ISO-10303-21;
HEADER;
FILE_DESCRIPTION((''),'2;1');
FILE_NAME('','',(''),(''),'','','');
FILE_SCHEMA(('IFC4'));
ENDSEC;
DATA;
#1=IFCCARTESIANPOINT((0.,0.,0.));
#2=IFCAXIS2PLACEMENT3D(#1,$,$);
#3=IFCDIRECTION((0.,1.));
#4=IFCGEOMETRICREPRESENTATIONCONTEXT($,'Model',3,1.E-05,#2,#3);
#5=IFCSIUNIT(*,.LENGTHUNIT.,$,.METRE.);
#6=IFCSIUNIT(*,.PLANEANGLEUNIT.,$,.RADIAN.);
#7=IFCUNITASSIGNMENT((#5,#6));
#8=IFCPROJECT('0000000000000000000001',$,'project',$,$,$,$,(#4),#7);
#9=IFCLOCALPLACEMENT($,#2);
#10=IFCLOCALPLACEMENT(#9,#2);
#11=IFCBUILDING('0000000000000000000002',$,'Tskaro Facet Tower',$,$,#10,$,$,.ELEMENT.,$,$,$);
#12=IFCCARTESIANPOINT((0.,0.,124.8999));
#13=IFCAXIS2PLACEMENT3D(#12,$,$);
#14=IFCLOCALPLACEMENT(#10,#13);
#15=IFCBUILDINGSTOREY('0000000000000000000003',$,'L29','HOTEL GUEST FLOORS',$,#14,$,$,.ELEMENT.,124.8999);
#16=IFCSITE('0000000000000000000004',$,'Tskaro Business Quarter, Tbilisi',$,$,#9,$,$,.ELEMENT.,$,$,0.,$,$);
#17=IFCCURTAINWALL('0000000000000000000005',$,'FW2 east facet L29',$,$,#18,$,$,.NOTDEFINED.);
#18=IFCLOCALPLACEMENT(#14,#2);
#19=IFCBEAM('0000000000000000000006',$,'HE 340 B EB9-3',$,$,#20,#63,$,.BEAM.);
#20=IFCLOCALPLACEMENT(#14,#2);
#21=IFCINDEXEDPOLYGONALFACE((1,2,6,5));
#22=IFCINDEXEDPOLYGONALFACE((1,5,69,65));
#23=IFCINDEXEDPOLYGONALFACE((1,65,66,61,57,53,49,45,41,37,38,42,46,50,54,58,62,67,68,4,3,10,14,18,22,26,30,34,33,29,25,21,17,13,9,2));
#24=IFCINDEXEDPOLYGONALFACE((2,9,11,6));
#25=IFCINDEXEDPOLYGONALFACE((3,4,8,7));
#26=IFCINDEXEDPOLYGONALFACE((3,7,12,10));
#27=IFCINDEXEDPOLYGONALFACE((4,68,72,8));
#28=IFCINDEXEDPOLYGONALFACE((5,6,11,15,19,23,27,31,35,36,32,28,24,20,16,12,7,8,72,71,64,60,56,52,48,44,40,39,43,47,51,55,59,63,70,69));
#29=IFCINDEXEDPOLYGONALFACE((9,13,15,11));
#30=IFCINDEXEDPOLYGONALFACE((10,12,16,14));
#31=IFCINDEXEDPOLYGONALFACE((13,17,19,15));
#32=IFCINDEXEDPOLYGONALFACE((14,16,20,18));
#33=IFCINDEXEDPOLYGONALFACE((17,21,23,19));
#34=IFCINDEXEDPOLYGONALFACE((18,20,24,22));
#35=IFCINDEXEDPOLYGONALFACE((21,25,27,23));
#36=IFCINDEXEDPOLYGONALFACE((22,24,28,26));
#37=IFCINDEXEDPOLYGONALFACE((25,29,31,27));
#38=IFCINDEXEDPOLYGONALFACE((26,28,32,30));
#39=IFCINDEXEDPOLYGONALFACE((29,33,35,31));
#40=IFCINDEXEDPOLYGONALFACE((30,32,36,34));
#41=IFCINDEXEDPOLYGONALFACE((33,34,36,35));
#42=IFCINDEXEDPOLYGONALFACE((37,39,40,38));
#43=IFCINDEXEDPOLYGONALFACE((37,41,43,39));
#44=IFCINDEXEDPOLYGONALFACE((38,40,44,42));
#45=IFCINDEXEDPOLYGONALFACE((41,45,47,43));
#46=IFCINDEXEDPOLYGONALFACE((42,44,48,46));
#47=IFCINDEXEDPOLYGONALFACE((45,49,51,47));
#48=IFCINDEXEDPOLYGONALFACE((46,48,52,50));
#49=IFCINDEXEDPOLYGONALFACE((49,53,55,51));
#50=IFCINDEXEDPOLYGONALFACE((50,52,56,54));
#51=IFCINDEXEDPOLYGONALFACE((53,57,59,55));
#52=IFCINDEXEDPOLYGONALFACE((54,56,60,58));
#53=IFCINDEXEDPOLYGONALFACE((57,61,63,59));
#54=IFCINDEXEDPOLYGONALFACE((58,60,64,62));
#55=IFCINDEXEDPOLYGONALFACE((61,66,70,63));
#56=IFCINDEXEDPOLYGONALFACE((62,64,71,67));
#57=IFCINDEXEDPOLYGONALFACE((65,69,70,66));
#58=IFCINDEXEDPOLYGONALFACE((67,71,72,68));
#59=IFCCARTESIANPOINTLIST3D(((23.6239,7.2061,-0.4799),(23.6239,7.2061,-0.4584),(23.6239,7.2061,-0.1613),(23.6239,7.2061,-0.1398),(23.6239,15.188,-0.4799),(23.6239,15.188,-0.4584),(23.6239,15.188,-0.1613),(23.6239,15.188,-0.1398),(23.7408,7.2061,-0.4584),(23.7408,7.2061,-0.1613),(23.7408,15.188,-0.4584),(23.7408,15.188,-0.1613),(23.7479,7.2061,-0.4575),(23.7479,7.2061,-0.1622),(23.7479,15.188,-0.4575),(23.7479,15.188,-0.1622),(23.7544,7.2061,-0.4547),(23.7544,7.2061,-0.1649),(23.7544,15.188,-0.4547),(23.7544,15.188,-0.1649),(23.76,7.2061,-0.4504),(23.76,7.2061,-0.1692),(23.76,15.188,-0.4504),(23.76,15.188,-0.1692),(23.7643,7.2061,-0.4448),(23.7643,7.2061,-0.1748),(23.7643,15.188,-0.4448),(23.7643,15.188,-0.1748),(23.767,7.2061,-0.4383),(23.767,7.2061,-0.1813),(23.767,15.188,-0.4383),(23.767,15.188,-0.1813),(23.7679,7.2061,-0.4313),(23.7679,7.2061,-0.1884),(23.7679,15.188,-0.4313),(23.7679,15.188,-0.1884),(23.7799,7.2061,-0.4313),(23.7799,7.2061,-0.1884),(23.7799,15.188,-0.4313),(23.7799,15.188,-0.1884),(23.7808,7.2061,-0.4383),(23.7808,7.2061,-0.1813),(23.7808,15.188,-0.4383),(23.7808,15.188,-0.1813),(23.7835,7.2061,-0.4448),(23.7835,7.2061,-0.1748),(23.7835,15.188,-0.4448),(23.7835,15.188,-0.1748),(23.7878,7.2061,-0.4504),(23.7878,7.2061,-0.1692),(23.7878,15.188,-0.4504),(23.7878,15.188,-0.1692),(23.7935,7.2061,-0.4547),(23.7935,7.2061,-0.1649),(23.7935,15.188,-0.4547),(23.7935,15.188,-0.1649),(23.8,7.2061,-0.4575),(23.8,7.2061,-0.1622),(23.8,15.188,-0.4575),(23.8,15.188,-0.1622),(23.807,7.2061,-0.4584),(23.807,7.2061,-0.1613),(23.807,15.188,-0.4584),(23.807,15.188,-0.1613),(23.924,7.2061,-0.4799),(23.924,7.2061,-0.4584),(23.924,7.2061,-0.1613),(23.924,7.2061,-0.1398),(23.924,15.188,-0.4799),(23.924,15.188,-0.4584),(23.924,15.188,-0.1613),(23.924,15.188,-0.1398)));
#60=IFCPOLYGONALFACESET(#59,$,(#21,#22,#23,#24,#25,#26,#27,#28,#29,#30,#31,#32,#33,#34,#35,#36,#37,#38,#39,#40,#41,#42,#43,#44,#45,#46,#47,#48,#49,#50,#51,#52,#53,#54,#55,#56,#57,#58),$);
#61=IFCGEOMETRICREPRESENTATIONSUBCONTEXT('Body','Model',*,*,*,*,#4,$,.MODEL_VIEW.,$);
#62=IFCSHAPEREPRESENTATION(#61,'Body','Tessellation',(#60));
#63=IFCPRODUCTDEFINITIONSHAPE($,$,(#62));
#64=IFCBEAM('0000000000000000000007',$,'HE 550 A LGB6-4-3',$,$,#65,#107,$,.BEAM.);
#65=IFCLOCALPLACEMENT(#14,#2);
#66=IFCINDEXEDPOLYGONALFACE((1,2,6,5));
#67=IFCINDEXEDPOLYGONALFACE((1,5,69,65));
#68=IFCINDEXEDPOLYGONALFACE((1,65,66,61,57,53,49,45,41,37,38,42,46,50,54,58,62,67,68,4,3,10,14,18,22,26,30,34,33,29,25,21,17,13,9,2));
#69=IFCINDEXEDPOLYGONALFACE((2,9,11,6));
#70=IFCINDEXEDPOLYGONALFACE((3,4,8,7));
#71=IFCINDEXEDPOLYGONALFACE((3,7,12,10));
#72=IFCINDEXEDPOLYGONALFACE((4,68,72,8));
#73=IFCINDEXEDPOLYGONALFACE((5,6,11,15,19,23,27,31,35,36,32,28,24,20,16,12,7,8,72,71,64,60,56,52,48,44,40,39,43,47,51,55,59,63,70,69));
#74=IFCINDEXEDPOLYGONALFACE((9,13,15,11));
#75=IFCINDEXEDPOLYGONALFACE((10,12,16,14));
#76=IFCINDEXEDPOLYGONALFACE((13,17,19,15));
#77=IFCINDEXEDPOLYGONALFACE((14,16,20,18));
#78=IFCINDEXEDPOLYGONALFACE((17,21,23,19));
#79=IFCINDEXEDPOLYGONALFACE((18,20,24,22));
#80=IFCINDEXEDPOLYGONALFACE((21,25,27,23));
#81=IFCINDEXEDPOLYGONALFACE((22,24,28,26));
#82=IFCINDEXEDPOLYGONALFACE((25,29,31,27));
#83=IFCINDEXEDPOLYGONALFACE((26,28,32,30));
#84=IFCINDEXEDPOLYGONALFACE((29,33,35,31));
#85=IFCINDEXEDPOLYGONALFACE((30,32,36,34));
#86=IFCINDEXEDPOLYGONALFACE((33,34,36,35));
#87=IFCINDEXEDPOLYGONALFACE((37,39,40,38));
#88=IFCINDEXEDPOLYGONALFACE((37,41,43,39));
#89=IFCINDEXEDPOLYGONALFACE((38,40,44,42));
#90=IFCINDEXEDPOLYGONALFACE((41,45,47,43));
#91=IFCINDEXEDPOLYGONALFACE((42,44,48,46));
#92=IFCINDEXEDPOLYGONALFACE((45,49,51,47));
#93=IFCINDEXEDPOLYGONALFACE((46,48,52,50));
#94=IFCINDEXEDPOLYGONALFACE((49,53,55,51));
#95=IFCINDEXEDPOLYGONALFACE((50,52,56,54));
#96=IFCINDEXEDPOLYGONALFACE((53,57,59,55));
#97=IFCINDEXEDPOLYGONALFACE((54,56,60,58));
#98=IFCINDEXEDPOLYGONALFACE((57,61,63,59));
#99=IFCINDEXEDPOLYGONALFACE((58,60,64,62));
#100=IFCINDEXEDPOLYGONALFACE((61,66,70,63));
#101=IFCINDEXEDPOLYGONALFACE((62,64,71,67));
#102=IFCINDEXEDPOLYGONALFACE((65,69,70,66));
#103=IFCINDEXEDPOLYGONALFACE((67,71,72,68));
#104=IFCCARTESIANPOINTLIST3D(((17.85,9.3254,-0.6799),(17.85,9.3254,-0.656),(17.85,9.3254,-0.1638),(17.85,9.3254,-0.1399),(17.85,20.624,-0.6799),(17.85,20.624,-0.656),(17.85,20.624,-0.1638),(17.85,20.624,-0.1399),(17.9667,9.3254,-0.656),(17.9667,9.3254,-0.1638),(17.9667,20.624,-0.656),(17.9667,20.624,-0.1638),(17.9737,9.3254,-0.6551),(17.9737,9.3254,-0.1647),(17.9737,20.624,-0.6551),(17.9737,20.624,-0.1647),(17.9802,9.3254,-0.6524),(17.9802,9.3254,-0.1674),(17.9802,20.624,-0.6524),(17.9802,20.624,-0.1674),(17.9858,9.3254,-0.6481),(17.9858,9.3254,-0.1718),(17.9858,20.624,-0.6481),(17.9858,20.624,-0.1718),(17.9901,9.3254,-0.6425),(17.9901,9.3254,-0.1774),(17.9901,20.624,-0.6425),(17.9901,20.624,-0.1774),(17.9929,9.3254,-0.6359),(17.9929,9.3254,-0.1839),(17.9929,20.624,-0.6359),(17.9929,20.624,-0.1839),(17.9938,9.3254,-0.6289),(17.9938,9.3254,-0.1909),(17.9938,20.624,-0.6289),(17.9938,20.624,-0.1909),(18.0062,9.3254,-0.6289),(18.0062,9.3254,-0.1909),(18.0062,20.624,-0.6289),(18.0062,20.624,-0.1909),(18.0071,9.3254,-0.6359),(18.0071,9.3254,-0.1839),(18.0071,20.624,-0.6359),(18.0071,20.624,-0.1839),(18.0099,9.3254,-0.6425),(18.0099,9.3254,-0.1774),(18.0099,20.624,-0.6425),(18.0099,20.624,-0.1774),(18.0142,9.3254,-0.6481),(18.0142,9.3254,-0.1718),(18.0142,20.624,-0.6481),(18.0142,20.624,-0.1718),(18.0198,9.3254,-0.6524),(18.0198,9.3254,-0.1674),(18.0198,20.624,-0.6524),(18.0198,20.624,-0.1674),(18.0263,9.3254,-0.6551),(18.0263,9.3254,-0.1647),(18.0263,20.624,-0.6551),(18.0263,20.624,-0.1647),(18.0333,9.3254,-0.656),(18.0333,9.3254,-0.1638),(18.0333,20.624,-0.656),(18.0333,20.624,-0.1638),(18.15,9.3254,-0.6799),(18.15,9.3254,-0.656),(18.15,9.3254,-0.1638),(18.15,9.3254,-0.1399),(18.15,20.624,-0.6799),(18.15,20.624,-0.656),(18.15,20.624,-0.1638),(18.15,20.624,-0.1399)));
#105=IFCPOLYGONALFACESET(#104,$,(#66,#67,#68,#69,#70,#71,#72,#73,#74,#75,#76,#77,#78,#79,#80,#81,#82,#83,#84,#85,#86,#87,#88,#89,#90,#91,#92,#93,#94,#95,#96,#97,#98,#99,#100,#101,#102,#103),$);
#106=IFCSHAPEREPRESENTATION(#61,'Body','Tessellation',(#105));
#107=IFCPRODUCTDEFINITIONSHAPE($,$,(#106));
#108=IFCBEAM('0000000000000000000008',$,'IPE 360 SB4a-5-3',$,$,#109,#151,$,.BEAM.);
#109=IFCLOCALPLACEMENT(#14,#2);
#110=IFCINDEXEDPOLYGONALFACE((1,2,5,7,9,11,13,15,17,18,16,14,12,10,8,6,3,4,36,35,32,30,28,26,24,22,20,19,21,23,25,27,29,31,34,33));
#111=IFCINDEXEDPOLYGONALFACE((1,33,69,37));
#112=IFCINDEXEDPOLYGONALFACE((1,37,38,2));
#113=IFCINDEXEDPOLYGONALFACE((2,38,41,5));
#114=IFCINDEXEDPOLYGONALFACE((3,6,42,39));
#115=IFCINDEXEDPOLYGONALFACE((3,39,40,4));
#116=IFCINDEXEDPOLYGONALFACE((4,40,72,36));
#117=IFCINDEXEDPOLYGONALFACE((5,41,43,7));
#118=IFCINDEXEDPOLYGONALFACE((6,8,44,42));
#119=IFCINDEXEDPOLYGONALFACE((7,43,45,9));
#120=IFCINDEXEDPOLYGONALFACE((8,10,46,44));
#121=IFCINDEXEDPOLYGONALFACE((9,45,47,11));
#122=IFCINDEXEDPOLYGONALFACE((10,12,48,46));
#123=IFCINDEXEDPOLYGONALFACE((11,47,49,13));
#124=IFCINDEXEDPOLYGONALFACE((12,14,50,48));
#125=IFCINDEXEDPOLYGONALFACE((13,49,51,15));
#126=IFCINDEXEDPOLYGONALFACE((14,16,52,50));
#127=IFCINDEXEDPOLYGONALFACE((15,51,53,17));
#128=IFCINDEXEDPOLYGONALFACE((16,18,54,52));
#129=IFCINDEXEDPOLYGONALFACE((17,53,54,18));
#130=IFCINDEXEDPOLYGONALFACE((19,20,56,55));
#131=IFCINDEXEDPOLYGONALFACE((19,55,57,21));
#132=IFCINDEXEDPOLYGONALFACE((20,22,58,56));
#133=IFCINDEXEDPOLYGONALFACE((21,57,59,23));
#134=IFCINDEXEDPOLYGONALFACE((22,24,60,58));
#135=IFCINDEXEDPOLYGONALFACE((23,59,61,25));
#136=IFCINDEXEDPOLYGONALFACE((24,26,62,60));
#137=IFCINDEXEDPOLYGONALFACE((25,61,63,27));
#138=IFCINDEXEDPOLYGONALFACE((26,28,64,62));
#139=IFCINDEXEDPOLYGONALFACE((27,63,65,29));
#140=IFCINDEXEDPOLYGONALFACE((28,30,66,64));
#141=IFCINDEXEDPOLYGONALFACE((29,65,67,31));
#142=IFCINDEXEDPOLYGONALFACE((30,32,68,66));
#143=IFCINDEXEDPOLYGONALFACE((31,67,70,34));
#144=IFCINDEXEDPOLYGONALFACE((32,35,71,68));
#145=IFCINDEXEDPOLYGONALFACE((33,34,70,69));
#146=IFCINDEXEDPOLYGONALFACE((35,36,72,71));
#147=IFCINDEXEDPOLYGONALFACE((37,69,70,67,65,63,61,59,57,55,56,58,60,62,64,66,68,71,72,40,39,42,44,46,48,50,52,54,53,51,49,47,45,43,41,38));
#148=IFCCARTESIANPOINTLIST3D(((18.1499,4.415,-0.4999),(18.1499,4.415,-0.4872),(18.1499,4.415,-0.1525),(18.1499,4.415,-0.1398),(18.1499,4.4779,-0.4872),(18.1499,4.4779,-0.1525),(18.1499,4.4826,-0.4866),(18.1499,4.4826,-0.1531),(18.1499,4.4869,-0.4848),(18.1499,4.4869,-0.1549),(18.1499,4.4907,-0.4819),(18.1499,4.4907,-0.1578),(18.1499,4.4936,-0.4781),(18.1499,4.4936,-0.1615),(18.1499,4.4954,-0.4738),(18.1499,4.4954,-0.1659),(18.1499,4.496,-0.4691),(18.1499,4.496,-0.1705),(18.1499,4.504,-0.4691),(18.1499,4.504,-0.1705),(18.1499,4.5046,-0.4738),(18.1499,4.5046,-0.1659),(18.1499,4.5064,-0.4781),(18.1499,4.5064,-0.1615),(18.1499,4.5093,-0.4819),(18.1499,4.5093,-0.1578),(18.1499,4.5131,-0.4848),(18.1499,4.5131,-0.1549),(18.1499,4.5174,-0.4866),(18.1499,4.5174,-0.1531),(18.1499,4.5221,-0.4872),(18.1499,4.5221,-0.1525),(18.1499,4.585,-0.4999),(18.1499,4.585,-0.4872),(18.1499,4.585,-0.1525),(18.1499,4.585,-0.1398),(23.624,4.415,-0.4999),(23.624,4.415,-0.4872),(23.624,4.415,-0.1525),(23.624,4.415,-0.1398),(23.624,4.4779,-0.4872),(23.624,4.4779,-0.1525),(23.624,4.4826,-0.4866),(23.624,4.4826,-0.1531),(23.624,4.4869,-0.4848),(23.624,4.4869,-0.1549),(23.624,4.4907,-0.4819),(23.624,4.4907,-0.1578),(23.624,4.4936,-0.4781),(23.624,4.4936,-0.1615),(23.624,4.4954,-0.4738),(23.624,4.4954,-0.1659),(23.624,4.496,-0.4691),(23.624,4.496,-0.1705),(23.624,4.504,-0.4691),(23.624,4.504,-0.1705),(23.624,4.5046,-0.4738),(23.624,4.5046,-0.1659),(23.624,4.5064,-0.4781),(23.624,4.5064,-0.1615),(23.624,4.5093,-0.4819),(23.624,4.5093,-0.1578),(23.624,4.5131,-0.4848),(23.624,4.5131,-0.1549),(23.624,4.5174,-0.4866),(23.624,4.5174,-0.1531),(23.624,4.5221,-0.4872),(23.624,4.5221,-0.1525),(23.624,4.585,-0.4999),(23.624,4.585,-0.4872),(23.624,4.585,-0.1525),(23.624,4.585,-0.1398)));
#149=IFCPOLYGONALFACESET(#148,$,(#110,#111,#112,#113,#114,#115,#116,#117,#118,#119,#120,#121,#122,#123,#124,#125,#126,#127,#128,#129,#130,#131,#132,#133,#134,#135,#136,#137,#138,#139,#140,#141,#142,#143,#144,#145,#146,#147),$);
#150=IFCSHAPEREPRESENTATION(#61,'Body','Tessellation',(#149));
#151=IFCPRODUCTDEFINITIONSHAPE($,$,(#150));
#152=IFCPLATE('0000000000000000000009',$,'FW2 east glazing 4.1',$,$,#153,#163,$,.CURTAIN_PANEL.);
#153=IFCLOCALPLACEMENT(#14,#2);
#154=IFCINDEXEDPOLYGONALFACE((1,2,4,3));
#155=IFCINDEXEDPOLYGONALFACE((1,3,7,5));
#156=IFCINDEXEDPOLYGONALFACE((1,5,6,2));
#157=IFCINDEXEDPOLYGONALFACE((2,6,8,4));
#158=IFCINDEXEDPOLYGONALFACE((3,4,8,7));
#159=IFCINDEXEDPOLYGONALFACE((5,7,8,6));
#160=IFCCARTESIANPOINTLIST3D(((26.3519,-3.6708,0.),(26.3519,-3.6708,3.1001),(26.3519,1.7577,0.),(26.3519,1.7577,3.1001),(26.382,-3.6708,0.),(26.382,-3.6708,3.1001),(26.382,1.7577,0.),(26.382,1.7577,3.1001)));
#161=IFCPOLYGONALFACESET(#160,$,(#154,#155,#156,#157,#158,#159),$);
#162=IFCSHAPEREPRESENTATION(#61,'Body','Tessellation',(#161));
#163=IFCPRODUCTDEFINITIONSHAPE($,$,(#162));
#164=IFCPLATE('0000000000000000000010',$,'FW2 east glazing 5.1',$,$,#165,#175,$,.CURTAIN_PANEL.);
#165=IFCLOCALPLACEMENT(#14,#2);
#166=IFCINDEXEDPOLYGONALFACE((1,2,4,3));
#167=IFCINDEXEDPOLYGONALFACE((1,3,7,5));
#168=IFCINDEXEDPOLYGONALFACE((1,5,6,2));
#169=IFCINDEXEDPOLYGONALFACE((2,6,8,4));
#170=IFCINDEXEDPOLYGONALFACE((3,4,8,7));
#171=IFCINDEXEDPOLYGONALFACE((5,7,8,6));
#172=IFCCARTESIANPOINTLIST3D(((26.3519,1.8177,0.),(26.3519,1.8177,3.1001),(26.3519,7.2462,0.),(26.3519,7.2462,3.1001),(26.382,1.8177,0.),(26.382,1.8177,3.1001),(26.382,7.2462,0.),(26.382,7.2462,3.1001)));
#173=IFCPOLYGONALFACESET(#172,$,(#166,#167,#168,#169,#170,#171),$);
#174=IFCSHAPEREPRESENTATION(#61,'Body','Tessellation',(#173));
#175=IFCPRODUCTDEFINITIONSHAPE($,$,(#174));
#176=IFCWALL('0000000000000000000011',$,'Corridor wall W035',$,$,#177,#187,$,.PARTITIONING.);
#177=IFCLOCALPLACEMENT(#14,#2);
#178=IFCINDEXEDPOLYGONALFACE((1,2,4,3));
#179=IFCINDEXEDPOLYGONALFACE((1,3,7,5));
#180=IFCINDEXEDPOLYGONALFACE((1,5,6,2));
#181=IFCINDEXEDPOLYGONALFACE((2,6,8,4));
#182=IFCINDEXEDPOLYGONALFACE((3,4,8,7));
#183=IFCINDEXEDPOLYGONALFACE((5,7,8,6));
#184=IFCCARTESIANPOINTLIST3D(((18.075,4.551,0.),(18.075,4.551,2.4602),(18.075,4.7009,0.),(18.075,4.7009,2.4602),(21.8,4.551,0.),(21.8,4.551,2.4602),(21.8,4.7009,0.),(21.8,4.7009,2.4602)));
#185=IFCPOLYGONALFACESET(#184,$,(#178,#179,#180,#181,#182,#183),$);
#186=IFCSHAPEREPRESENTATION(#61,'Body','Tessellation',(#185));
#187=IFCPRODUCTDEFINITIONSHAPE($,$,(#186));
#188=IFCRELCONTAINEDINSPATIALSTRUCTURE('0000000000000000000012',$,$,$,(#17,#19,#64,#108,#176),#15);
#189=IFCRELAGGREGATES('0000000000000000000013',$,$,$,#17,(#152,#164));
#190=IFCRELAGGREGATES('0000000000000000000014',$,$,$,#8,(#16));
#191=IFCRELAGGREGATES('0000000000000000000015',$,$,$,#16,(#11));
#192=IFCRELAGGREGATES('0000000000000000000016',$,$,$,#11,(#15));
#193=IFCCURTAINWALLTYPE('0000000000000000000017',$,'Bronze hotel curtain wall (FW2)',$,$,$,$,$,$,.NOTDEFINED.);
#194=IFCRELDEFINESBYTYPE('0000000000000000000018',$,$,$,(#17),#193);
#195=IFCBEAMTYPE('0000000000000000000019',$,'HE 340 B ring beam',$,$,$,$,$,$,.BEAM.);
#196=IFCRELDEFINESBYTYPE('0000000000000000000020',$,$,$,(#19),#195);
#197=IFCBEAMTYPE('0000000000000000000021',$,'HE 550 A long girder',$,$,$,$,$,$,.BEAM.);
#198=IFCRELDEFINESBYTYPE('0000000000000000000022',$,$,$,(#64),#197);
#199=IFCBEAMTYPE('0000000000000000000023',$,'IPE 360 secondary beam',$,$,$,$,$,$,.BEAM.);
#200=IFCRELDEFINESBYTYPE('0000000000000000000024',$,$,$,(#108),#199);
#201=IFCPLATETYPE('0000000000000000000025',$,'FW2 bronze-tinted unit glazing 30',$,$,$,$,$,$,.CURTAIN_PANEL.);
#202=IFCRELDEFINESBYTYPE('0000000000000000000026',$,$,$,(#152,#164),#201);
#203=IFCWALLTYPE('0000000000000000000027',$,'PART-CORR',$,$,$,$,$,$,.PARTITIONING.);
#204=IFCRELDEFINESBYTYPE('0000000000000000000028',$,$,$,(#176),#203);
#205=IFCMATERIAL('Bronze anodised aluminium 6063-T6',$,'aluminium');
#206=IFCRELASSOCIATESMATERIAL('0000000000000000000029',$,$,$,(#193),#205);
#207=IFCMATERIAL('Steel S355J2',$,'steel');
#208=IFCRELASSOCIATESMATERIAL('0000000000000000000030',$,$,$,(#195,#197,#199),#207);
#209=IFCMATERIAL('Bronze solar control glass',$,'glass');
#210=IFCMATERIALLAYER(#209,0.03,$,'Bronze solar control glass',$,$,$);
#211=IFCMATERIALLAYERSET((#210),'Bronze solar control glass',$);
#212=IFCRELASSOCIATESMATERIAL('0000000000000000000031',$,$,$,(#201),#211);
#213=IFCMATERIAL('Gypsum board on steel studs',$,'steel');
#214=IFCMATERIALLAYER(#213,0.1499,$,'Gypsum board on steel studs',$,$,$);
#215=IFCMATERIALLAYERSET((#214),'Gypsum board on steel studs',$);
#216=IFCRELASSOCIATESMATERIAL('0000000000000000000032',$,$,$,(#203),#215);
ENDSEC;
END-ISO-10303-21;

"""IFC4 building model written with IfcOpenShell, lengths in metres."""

from ifc_helpers import new_model, si_unit, direction, frame, frame_2d, origin, origin_2d, place, context, subcontext, project, spatial, rectangle, i_section, extrude, material, layer, layer_set, material_profile, profile_set, type_object, element, aggregate, save


model = new_model("IFC4")

# Units and contexts
model_context = context("Model", 3, precision=1e-05, world=origin(), true_north=direction((0.0, 1.0)))
body_context = subcontext(model_context, "Body", "Model", "MODEL_VIEW")
ifc_project = project(units=[si_unit("LENGTHUNIT", "METRE"), si_unit("PLANEANGLEUNIT", "RADIAN")], contexts=[model_context])

# Site, building, storey
site_placement = place(None, origin())
site = spatial("IfcSite", under=ifc_project, at=site_placement, Name="Tskaro Business Quarter, Tbilisi", CompositionType="ELEMENT", RefElevation=0.0)
building_placement = place(site_placement, origin())
building = spatial("IfcBuilding", under=site, at=building_placement, Name="Tskaro Facet Tower", CompositionType="ELEMENT")
storey_placement = place(building_placement, frame((0.0, 0.0, 124.8999)))
storey = spatial("IfcBuildingStorey", under=building, at=storey_placement, Name="L29", Description="HOTEL GUEST FLOORS", CompositionType="ELEMENT", Elevation=124.8999)

# Curtain wall
ifc_material_1 = material(Name="Bronze anodised aluminium 6063-T6", Category="aluminium")
curtain_wall_type = type_object("IfcCurtainWallType", Name="Bronze hotel curtain wall (FW2)", PredefinedType="NOTDEFINED", material=ifc_material_1)
curtain_wall_placement = place(storey_placement, origin())
curtain_wall = element("IfcCurtainWall", 1, at=curtain_wall_placement, inside=storey, type_object=curtain_wall_type, Name="FW2 east facet L29", PredefinedType="NOTDEFINED")

# Beams
ifc_material_2 = material(Name="Steel S355J2", Category="steel")
ifc_material_profile_1 = material_profile(ifc_material_2, i_section(OverallWidth=0.3, OverallDepth=0.3401, WebThickness=0.012, FlangeThickness=0.0215, FilletRadius=0.0271, at=origin_2d()), Name="HE 340 B")
ifc_profile_set_1 = profile_set([ifc_material_profile_1], Name="Steel S355J2")
beam_type_1 = type_object("IfcBeamType", Name="HE 340 B ring beam", PredefinedType="BEAM", material=ifc_profile_set_1)
for number, where, z_axis, x_axis, name in (
    (2, (23.7739, 7.2061, -0.3098), (0.0, 1.0, 0.0), (-1.0, 0.0, 0.0), "HE 340 B EB9-3"),
):
    element("IfcBeam", number, at=place(storey_placement, frame(where, z_axis=z_axis, x_axis=x_axis)), inside=storey, type_object=beam_type_1, Name=name, PredefinedType="BEAM", context=body_context, shape_type="SweptSolid", body=[
        extrude(i_section(OverallWidth=0.3, OverallDepth=0.3401, WebThickness=0.012, FlangeThickness=0.0215, FilletRadius=0.0271, at=origin_2d()), origin(), (0.0, 0.0, 1.0), 7.9819),
    ])
ifc_material_profile_2 = material_profile(ifc_material_2, i_section(OverallWidth=0.3, OverallDepth=0.54, WebThickness=0.0125, FlangeThickness=0.0239, FilletRadius=0.0271, at=origin_2d()), Name="HE 550 A")
ifc_profile_set_2 = profile_set([ifc_material_profile_2], Name="Steel S355J2")
beam_type_2 = type_object("IfcBeamType", Name="HE 550 A long girder", PredefinedType="BEAM", material=ifc_profile_set_2)
beam_1_placement = place(storey_placement, frame((18.0, 9.3254, -0.4099), z_axis=(0.0, 1.0, 0.0), x_axis=(-1.0, 0.0, 0.0)))
element("IfcBeam", 3, at=beam_1_placement, inside=storey, type_object=beam_type_2, Name="HE 550 A LGB6-4-3", PredefinedType="BEAM", context=body_context, shape_type="SweptSolid", body=[
    extrude(i_section(OverallWidth=0.3, OverallDepth=0.54, WebThickness=0.0125, FlangeThickness=0.0239, FilletRadius=0.0271, at=origin_2d()), origin(), (0.0, 0.0, 1.0), 11.2986),
])
ifc_material_profile_3 = material_profile(ifc_material_2, i_section(OverallWidth=0.1699, OverallDepth=0.3601, WebThickness=0.0081, FlangeThickness=0.0127, FilletRadius=0.0181, at=origin_2d()), Name="IPE 360")
ifc_profile_set_3 = profile_set([ifc_material_profile_3], Name="Steel S355J2")
beam_type_3 = type_object("IfcBeamType", Name="IPE 360 secondary beam", PredefinedType="BEAM", material=ifc_profile_set_3)
beam_2_placement = place(storey_placement, frame((18.1499, 4.5, -0.3198), z_axis=(1.0, 0.0, 0.0), x_axis=(0.0, 1.0, 0.0)))
element("IfcBeam", 4, at=beam_2_placement, inside=storey, type_object=beam_type_3, Name="IPE 360 SB4a-5-3", PredefinedType="BEAM", context=body_context, shape_type="SweptSolid", body=[
    extrude(i_section(OverallWidth=0.1699, OverallDepth=0.3601, WebThickness=0.0081, FlangeThickness=0.0127, FilletRadius=0.0181, at=origin_2d()), origin(), (0.0, 0.0, 1.0), 5.4741),
])

# Plates
ifc_material_3 = material(Name="Bronze solar control glass", Category="glass")
ifc_layer_1 = layer(ifc_material_3, 0.03, Name="Bronze solar control glass")
ifc_layer_set_1 = layer_set([ifc_layer_1], Name="Bronze solar control glass")
plate_type = type_object("IfcPlateType", Name="FW2 bronze-tinted unit glazing 30", PredefinedType="CURTAIN_PANEL", material=ifc_layer_set_1)
plate_1_placement = place(storey_placement, frame((26.3669, -0.9565, 0.0), z_axis=(0.0, 0.0, 1.0), x_axis=(0.0, 1.0, 0.0)))
plate_1 = element("IfcPlate", 5, at=plate_1_placement, type_object=plate_type, Name="FW2 east glazing 4.1", PredefinedType="CURTAIN_PANEL", context=body_context, shape_type="SweptSolid", body=[
    extrude(rectangle(XDim=5.4285, YDim=0.03, at=origin_2d()), origin(), (0.0, 0.0, 1.0), 3.1001),
])
plate_2_placement = place(storey_placement, frame((26.3669, 4.532, 0.0), z_axis=(0.0, 0.0, 1.0), x_axis=(0.0, 1.0, 0.0)))
plate_2 = element("IfcPlate", 6, at=plate_2_placement, type_object=plate_type, Name="FW2 east glazing 5.1", PredefinedType="CURTAIN_PANEL", context=body_context, shape_type="SweptSolid", body=[
    extrude(rectangle(XDim=5.4285, YDim=0.03, at=origin_2d()), origin(), (0.0, 0.0, 1.0), 3.1001),
])
aggregate(curtain_wall, [plate_1, plate_2])

# Wall
ifc_material_4 = material(Name="Gypsum board on steel studs", Category="steel")
ifc_layer_2 = layer(ifc_material_4, 0.1499, Name="Gypsum board on steel studs")
ifc_layer_set_2 = layer_set([ifc_layer_2], Name="Gypsum board on steel studs")
wall_type_1 = type_object("IfcWallType", Name="PART-CORR", PredefinedType="PARTITIONING", material=ifc_layer_set_2)
for number, where, z_axis, x_axis, name in (
    (7, (18.075, 4.626, 0.0), (0.0, 0.0, 1.0), (1.0, 0.0, 0.0), "Corridor wall W035"),
):
    element("IfcWall", number, at=place(storey_placement, frame(where, z_axis=z_axis, x_axis=x_axis)), inside=storey, type_object=wall_type_1, Name=name, PredefinedType="PARTITIONING", context=body_context, shape_type="SweptSolid", body=[
        extrude(rectangle(XDim=3.7251, YDim=0.1499, at=frame_2d((1.8625, 0.0))), origin(), (0.0, 0.0, 1.0), 2.4602),
    ])

save(model, "model.ifc")
